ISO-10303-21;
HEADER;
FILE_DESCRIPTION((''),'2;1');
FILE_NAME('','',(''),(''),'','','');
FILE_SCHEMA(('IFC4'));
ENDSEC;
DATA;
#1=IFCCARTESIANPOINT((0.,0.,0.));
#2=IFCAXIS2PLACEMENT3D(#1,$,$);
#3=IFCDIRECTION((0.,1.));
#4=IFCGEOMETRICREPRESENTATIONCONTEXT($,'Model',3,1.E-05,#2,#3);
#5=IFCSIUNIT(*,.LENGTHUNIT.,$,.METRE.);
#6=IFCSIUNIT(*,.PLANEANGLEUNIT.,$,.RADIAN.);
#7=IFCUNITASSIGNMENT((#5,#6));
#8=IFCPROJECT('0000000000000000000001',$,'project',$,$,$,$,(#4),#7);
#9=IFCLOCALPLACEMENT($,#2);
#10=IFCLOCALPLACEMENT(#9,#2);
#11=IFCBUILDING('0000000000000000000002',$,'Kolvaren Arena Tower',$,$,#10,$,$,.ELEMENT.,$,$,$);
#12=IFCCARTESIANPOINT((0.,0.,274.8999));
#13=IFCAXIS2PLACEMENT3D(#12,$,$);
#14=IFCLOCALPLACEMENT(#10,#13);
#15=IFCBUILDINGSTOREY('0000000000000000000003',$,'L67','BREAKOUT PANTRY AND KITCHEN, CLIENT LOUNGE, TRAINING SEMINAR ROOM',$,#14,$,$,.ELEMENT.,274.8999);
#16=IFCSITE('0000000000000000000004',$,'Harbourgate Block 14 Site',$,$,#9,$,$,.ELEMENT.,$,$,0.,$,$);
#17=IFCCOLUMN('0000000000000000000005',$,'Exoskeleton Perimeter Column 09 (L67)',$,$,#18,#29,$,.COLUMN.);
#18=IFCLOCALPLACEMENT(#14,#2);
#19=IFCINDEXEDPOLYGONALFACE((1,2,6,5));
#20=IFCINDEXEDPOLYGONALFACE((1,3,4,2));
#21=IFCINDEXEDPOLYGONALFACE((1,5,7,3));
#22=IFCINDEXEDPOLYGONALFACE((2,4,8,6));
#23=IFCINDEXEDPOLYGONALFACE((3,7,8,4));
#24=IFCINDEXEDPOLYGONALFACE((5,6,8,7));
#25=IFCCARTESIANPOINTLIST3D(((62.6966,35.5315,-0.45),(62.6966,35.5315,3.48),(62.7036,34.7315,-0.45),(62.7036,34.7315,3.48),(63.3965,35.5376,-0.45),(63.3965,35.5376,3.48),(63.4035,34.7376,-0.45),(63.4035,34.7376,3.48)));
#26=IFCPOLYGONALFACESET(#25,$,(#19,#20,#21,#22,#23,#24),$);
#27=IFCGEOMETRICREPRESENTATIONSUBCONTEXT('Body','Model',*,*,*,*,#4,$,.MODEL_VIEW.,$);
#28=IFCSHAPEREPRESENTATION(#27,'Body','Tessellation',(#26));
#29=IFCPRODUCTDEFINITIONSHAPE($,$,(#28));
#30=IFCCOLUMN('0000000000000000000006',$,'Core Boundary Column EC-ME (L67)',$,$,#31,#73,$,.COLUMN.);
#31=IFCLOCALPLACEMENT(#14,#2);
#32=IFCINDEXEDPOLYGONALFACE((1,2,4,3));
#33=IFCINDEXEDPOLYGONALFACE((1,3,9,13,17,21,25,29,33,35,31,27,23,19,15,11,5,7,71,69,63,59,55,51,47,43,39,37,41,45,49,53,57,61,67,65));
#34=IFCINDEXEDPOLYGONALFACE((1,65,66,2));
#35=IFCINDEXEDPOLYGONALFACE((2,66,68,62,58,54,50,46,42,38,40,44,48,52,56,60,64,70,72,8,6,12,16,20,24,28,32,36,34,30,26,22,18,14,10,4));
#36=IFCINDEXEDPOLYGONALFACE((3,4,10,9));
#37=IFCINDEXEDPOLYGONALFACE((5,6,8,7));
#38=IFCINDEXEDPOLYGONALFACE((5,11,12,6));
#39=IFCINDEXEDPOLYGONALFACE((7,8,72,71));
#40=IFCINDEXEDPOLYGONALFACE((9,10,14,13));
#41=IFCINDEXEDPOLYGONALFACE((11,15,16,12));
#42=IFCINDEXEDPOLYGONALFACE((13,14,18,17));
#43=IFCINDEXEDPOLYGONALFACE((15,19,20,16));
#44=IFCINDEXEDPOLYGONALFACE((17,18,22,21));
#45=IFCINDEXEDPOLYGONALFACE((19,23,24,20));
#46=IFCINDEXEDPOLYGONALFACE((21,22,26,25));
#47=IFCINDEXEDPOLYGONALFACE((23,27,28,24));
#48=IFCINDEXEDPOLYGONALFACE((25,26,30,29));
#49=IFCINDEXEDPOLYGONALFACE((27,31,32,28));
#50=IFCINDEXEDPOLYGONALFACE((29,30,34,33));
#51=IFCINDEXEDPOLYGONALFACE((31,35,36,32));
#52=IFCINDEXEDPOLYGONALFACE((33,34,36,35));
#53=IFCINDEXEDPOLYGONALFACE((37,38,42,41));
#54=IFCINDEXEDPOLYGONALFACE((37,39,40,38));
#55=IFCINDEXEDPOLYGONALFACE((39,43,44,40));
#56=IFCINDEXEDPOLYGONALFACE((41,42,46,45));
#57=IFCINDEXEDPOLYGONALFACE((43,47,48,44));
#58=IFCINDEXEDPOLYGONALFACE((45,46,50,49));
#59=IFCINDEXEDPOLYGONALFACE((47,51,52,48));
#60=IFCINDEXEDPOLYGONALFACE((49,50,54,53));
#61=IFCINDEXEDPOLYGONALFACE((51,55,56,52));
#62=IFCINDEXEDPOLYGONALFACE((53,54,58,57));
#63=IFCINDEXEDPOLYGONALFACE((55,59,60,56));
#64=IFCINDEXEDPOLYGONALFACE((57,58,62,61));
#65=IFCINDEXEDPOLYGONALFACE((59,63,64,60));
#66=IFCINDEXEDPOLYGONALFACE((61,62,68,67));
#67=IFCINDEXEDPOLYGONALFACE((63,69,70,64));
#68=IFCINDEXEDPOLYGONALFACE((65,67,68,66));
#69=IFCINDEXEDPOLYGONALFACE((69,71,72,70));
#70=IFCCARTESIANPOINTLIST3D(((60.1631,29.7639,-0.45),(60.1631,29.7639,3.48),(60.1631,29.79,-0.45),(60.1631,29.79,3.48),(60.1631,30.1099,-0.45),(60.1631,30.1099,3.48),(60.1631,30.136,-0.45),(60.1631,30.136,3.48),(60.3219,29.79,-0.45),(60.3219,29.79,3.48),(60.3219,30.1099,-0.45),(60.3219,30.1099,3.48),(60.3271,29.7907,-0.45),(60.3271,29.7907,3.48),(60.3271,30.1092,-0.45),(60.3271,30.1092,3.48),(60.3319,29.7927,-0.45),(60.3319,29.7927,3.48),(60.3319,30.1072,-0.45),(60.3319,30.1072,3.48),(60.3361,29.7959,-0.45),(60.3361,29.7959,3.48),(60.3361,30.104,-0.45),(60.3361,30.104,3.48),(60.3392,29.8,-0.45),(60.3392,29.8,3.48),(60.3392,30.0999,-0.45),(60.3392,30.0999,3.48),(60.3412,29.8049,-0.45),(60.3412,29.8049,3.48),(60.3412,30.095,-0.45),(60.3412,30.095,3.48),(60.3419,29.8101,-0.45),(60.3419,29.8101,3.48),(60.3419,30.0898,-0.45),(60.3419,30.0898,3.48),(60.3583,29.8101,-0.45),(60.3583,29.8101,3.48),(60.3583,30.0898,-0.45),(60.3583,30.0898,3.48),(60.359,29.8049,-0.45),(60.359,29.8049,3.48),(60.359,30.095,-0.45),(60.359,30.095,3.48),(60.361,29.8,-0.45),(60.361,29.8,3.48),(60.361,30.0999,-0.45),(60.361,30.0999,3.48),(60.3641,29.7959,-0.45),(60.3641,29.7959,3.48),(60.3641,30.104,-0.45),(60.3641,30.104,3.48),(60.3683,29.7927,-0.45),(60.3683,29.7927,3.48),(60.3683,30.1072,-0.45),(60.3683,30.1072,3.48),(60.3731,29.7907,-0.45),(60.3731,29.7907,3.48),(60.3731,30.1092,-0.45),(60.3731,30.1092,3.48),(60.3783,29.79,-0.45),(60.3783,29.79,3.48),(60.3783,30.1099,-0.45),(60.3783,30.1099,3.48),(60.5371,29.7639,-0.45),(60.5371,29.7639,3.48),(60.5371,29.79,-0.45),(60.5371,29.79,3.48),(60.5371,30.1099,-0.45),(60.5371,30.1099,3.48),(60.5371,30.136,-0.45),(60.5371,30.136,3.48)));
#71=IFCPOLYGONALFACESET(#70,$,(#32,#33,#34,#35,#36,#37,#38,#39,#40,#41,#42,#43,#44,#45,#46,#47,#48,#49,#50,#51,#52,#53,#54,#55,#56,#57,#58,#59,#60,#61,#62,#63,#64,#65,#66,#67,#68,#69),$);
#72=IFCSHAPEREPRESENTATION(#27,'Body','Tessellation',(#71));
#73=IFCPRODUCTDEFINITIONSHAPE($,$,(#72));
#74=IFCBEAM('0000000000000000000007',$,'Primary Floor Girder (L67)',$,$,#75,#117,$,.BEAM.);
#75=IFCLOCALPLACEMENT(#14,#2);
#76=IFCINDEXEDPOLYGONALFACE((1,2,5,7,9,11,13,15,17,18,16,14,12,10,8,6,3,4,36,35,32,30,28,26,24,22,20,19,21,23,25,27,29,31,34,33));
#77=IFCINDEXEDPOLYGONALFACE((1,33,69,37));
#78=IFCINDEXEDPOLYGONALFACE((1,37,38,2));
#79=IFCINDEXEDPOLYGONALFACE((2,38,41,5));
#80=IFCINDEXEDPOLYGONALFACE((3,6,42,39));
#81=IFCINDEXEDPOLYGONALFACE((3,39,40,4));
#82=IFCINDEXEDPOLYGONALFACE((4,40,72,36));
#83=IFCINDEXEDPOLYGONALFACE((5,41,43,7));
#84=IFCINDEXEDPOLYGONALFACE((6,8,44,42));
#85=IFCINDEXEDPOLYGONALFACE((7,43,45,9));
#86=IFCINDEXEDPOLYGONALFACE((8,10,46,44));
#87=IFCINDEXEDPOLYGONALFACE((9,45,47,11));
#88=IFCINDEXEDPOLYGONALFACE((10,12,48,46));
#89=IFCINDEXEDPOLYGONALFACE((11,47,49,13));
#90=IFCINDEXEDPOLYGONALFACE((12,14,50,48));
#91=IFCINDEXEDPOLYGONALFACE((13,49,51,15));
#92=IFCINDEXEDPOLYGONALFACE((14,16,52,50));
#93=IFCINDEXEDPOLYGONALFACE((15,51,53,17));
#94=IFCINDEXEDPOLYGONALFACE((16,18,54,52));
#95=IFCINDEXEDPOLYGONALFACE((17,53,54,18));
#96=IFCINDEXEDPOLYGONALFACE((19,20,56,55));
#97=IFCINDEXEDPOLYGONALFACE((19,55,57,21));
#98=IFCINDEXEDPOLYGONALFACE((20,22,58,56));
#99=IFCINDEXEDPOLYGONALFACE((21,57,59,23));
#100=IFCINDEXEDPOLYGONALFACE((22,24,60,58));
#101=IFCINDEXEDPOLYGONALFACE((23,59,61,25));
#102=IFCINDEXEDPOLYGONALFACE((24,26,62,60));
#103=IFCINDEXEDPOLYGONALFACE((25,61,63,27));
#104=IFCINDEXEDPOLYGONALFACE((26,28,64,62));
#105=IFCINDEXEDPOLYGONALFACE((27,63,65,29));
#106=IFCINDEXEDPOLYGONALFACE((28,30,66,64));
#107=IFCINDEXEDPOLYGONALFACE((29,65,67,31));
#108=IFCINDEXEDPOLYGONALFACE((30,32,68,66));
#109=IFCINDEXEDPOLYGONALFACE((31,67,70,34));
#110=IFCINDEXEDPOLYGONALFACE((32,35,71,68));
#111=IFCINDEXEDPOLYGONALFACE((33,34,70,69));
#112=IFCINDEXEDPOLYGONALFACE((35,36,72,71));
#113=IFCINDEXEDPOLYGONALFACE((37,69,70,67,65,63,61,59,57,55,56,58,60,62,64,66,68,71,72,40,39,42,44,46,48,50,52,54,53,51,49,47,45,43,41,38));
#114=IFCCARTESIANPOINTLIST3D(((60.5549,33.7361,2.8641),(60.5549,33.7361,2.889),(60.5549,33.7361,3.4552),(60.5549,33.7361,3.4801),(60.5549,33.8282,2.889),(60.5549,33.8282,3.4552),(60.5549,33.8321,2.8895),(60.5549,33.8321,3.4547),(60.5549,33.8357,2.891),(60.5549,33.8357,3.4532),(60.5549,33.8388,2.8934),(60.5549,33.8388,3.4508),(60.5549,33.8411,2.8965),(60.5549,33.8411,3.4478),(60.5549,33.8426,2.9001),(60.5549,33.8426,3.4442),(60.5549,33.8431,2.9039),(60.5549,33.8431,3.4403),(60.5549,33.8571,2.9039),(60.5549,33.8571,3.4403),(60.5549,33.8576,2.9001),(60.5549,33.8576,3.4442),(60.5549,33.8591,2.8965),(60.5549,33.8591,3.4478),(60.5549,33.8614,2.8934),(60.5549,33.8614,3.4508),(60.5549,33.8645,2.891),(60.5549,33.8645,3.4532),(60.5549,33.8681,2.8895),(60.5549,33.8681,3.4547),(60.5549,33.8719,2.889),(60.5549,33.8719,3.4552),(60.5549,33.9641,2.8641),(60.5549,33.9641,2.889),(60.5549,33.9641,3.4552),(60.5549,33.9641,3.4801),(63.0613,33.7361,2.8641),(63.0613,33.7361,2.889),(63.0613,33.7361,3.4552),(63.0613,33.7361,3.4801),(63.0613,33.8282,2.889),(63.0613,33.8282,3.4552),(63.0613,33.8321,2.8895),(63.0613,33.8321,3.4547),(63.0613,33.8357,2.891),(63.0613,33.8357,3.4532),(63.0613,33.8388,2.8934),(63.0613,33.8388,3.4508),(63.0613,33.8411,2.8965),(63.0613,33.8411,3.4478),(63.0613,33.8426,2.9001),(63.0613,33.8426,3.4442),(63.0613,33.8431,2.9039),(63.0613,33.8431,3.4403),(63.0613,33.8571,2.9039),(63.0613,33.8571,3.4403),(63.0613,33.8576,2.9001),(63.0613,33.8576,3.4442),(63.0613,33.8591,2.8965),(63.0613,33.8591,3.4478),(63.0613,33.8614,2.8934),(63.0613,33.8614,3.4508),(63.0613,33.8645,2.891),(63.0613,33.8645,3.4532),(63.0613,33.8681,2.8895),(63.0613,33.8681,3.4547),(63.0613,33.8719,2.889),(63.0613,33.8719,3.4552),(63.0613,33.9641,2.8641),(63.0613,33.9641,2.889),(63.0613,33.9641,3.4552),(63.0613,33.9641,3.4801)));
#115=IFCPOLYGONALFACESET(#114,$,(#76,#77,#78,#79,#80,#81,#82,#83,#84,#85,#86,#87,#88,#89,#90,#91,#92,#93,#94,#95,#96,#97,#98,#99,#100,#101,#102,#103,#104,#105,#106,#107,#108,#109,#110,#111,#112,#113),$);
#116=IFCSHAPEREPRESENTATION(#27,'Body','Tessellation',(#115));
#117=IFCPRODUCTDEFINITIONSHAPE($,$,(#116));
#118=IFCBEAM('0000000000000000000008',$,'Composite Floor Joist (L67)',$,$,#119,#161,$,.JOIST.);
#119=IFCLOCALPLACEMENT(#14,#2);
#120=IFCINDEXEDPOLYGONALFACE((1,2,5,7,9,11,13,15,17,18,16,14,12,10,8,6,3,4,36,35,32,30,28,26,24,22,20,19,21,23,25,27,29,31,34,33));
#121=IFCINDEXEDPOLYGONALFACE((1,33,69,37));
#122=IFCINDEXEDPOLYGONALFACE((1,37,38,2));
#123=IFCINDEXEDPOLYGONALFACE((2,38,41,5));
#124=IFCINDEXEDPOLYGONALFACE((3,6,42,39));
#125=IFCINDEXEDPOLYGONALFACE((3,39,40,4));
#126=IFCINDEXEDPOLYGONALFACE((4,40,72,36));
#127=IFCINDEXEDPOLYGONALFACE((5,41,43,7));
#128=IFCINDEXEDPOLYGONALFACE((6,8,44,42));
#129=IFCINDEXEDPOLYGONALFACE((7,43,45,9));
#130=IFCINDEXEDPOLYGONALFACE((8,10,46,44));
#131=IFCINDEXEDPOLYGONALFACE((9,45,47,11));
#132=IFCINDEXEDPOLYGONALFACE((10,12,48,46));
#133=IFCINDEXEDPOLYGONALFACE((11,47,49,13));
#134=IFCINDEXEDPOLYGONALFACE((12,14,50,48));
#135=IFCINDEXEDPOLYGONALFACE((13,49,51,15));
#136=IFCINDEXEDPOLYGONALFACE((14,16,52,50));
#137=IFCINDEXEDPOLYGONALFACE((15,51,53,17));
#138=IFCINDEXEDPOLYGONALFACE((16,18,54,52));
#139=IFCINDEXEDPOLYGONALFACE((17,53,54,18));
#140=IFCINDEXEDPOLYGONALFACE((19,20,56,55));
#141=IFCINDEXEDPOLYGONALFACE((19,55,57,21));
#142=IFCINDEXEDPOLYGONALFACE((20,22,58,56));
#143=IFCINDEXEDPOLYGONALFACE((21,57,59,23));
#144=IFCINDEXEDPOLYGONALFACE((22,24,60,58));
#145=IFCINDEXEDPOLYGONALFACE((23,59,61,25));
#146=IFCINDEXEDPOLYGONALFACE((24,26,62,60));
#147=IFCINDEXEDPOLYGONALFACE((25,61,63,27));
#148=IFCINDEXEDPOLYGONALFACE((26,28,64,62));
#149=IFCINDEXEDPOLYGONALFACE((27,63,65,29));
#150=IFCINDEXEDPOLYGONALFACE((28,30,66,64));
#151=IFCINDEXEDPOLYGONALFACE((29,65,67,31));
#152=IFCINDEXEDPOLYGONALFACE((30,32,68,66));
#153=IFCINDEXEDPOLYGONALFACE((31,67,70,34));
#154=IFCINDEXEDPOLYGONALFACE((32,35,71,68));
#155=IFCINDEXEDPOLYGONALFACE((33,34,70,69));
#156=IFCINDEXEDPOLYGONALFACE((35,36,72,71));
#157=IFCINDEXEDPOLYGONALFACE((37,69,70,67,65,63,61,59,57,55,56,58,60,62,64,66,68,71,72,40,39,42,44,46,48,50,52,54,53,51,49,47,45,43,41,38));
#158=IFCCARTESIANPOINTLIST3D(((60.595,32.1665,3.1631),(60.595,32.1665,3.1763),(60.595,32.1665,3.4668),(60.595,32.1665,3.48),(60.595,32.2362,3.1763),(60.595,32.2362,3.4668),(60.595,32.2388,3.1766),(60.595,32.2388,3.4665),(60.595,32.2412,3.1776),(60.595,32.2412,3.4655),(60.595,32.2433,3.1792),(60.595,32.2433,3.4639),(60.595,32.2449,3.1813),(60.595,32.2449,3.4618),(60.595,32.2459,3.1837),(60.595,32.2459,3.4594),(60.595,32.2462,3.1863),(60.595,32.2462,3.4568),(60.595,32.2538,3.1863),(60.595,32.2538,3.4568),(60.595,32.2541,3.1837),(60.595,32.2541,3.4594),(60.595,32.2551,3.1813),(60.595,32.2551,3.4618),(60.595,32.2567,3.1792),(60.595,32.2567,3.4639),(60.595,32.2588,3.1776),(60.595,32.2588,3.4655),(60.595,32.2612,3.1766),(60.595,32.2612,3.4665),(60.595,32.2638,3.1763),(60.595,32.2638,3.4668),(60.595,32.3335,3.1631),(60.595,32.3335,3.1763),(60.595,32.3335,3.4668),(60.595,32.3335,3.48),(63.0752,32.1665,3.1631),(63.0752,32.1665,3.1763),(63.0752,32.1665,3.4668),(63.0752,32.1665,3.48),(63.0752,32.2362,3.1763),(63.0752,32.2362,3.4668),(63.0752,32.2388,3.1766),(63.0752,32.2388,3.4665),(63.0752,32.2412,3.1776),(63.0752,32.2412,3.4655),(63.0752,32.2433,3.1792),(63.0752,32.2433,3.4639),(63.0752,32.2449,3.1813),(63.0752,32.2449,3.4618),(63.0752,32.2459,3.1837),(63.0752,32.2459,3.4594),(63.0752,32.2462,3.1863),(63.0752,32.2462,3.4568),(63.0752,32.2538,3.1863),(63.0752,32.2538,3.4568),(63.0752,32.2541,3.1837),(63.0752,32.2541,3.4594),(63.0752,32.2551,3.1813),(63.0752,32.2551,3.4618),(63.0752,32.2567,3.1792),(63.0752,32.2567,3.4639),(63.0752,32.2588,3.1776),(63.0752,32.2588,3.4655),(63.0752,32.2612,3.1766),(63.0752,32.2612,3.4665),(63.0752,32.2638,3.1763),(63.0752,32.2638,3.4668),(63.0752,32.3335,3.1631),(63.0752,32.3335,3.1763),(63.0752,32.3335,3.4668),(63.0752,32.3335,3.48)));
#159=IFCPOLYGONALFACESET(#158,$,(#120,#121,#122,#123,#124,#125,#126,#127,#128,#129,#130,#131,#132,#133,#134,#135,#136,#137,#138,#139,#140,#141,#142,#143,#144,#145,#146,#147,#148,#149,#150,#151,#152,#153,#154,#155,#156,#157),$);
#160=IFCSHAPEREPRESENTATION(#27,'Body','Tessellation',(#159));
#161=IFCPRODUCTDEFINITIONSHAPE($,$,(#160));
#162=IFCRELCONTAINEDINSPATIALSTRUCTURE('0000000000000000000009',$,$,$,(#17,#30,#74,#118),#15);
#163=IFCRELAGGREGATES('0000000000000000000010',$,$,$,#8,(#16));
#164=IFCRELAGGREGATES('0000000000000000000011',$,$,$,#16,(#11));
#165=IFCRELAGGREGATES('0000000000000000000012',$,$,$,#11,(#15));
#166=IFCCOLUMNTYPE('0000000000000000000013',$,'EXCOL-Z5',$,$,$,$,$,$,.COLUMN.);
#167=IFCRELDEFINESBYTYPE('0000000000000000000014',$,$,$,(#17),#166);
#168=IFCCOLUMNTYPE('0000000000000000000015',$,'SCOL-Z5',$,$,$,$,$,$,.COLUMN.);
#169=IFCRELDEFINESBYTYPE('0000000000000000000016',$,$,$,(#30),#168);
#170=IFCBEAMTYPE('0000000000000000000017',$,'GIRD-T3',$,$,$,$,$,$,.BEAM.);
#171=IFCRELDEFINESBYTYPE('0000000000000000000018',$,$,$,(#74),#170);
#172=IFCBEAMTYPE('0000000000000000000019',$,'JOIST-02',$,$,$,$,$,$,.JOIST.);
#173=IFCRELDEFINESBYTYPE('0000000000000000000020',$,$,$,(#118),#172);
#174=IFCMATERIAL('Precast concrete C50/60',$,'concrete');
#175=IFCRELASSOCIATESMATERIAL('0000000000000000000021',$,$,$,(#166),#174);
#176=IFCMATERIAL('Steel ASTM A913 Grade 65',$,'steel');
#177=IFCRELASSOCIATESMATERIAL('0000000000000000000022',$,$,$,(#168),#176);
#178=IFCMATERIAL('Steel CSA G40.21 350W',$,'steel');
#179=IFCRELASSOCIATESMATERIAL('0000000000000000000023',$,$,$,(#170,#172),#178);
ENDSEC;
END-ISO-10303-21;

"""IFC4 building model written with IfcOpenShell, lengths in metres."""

from ifc_helpers import new_model, si_unit, direction, frame, origin, origin_2d, place, context, subcontext, project, spatial, rectangle, i_section, extrude, material, material_profile, profile_set, type_object, element, save


model = new_model("IFC4")

# Units and contexts
model_context = context("Model", 3, precision=1e-05, world=origin(), true_north=direction((0.0, 1.0)))
body_context = subcontext(model_context, "Body", "Model", "MODEL_VIEW")
ifc_project = project(units=[si_unit("LENGTHUNIT", "METRE"), si_unit("PLANEANGLEUNIT", "RADIAN")], contexts=[model_context])

# Site, building, storey
site_placement = place(None, origin())
site = spatial("IfcSite", under=ifc_project, at=site_placement, Name="Harbourgate Block 14 Site", CompositionType="ELEMENT", RefElevation=0.0)
building_placement = place(site_placement, origin())
building = spatial("IfcBuilding", under=site, at=building_placement, Name="Kolvaren Arena Tower", CompositionType="ELEMENT")
storey_placement = place(building_placement, frame((0.0, 0.0, 274.8999)))
storey = spatial("IfcBuildingStorey", under=building, at=storey_placement, Name="L67", Description="BREAKOUT PANTRY AND KITCHEN, CLIENT LOUNGE, TRAINING SEMINAR ROOM", CompositionType="ELEMENT", Elevation=274.8999)

# Columns
ifc_material_1 = material(Name="Precast concrete C50/60", Category="concrete")
ifc_material_profile_1 = material_profile(ifc_material_1, rectangle(XDim=0.8, YDim=0.7, at=origin_2d()), Name="RC-800x700")
ifc_profile_set_1 = profile_set([ifc_material_profile_1], Name="Precast concrete C50/60")
column_type_1 = type_object("IfcColumnType", Name="EXCOL-Z5", PredefinedType="COLUMN", material=ifc_profile_set_1)
column_1_placement = place(storey_placement, frame((63.05, 35.1345, -0.45), z_axis=(0.0, 0.0, 1.0), x_axis=(-0.008727, 0.999962, 0.0)))
element("IfcColumn", 1, at=column_1_placement, inside=storey, type_object=column_type_1, Name="Exoskeleton Perimeter Column 09 (L67)", PredefinedType="COLUMN", context=body_context, shape_type="SweptSolid", body=[
    extrude(rectangle(XDim=0.8, YDim=0.7, at=origin_2d()), origin(), (0.0, 0.0, 1.0), 3.9299),
])
ifc_material_2 = material(Name="Steel ASTM A913 Grade 65", Category="steel")
ifc_material_profile_2 = material_profile(ifc_material_2, i_section(OverallWidth=0.374, OverallDepth=0.3721, WebThickness=0.0164, FlangeThickness=0.0261, FilletRadius=0.02, at=origin_2d()), Name="W360x196")
ifc_profile_set_2 = profile_set([ifc_material_profile_2], Name="Steel ASTM A913 Grade 65")
column_type_2 = type_object("IfcColumnType", Name="SCOL-Z5", PredefinedType="COLUMN", material=ifc_profile_set_2)
column_2_placement = place(storey_placement, frame((60.3501, 29.95, -0.45), z_axis=(0.0, 0.0, 1.0), x_axis=(1.0, 0.0, 0.0)))
element("IfcColumn", 2, at=column_2_placement, inside=storey, type_object=column_type_2, Name="Core Boundary Column EC-ME (L67)", PredefinedType="COLUMN", context=body_context, shape_type="SweptSolid", body=[
    extrude(i_section(OverallWidth=0.374, OverallDepth=0.3721, WebThickness=0.0164, FlangeThickness=0.0261, FilletRadius=0.02, at=origin_2d()), origin(), (0.0, 0.0, 1.0), 3.9299),
])

# Beams
ifc_material_3 = material(Name="Steel CSA G40.21 350W", Category="steel")
ifc_material_profile_3 = material_profile(ifc_material_3, i_section(OverallWidth=0.228, OverallDepth=0.616, WebThickness=0.0139, FlangeThickness=0.0249, FilletRadius=0.0149, at=origin_2d()), Name="W610x174")
ifc_profile_set_3 = profile_set([ifc_material_profile_3], Name="Steel CSA G40.21 350W")
beam_type_1 = type_object("IfcBeamType", Name="GIRD-T3", PredefinedType="BEAM", material=ifc_profile_set_3)
beam_1_placement = place(storey_placement, frame((60.5549, 33.8501, 3.1721), z_axis=(1.0, 0.0, 0.0), x_axis=(0.0, 1.0, 0.0)))
element("IfcBeam", 3, at=beam_1_placement, inside=storey, type_object=beam_type_1, Name="Primary Floor Girder (L67)", PredefinedType="BEAM", context=body_context, shape_type="SweptSolid", body=[
    extrude(i_section(OverallWidth=0.228, OverallDepth=0.616, WebThickness=0.0139, FlangeThickness=0.0249, FilletRadius=0.0149, at=origin_2d()), origin(), (0.0, 0.0, 1.0), 2.5063),
])
ifc_material_profile_4 = material_profile(ifc_material_3, i_section(OverallWidth=0.167, OverallDepth=0.3169, WebThickness=0.0076, FlangeThickness=0.0132, FilletRadius=0.01, at=origin_2d()), Name="W310x52")
ifc_profile_set_4 = profile_set([ifc_material_profile_4], Name="Steel CSA G40.21 350W")
beam_type_2 = type_object("IfcBeamType", Name="JOIST-02", PredefinedType="JOIST", material=ifc_profile_set_4)
beam_2_placement = place(storey_placement, frame((60.595, 32.25, 3.3215), z_axis=(1.0, 0.0, 0.0), x_axis=(0.0, 1.0, 0.0)))
element("IfcBeam", 4, at=beam_2_placement, inside=storey, type_object=beam_type_2, Name="Composite Floor Joist (L67)", PredefinedType="JOIST", context=body_context, shape_type="SweptSolid", body=[
    extrude(i_section(OverallWidth=0.167, OverallDepth=0.3169, WebThickness=0.0076, FlangeThickness=0.0132, FilletRadius=0.01, at=origin_2d()), origin(), (0.0, 0.0, 1.0), 2.4802),
])

save(model, "model.ifc")
